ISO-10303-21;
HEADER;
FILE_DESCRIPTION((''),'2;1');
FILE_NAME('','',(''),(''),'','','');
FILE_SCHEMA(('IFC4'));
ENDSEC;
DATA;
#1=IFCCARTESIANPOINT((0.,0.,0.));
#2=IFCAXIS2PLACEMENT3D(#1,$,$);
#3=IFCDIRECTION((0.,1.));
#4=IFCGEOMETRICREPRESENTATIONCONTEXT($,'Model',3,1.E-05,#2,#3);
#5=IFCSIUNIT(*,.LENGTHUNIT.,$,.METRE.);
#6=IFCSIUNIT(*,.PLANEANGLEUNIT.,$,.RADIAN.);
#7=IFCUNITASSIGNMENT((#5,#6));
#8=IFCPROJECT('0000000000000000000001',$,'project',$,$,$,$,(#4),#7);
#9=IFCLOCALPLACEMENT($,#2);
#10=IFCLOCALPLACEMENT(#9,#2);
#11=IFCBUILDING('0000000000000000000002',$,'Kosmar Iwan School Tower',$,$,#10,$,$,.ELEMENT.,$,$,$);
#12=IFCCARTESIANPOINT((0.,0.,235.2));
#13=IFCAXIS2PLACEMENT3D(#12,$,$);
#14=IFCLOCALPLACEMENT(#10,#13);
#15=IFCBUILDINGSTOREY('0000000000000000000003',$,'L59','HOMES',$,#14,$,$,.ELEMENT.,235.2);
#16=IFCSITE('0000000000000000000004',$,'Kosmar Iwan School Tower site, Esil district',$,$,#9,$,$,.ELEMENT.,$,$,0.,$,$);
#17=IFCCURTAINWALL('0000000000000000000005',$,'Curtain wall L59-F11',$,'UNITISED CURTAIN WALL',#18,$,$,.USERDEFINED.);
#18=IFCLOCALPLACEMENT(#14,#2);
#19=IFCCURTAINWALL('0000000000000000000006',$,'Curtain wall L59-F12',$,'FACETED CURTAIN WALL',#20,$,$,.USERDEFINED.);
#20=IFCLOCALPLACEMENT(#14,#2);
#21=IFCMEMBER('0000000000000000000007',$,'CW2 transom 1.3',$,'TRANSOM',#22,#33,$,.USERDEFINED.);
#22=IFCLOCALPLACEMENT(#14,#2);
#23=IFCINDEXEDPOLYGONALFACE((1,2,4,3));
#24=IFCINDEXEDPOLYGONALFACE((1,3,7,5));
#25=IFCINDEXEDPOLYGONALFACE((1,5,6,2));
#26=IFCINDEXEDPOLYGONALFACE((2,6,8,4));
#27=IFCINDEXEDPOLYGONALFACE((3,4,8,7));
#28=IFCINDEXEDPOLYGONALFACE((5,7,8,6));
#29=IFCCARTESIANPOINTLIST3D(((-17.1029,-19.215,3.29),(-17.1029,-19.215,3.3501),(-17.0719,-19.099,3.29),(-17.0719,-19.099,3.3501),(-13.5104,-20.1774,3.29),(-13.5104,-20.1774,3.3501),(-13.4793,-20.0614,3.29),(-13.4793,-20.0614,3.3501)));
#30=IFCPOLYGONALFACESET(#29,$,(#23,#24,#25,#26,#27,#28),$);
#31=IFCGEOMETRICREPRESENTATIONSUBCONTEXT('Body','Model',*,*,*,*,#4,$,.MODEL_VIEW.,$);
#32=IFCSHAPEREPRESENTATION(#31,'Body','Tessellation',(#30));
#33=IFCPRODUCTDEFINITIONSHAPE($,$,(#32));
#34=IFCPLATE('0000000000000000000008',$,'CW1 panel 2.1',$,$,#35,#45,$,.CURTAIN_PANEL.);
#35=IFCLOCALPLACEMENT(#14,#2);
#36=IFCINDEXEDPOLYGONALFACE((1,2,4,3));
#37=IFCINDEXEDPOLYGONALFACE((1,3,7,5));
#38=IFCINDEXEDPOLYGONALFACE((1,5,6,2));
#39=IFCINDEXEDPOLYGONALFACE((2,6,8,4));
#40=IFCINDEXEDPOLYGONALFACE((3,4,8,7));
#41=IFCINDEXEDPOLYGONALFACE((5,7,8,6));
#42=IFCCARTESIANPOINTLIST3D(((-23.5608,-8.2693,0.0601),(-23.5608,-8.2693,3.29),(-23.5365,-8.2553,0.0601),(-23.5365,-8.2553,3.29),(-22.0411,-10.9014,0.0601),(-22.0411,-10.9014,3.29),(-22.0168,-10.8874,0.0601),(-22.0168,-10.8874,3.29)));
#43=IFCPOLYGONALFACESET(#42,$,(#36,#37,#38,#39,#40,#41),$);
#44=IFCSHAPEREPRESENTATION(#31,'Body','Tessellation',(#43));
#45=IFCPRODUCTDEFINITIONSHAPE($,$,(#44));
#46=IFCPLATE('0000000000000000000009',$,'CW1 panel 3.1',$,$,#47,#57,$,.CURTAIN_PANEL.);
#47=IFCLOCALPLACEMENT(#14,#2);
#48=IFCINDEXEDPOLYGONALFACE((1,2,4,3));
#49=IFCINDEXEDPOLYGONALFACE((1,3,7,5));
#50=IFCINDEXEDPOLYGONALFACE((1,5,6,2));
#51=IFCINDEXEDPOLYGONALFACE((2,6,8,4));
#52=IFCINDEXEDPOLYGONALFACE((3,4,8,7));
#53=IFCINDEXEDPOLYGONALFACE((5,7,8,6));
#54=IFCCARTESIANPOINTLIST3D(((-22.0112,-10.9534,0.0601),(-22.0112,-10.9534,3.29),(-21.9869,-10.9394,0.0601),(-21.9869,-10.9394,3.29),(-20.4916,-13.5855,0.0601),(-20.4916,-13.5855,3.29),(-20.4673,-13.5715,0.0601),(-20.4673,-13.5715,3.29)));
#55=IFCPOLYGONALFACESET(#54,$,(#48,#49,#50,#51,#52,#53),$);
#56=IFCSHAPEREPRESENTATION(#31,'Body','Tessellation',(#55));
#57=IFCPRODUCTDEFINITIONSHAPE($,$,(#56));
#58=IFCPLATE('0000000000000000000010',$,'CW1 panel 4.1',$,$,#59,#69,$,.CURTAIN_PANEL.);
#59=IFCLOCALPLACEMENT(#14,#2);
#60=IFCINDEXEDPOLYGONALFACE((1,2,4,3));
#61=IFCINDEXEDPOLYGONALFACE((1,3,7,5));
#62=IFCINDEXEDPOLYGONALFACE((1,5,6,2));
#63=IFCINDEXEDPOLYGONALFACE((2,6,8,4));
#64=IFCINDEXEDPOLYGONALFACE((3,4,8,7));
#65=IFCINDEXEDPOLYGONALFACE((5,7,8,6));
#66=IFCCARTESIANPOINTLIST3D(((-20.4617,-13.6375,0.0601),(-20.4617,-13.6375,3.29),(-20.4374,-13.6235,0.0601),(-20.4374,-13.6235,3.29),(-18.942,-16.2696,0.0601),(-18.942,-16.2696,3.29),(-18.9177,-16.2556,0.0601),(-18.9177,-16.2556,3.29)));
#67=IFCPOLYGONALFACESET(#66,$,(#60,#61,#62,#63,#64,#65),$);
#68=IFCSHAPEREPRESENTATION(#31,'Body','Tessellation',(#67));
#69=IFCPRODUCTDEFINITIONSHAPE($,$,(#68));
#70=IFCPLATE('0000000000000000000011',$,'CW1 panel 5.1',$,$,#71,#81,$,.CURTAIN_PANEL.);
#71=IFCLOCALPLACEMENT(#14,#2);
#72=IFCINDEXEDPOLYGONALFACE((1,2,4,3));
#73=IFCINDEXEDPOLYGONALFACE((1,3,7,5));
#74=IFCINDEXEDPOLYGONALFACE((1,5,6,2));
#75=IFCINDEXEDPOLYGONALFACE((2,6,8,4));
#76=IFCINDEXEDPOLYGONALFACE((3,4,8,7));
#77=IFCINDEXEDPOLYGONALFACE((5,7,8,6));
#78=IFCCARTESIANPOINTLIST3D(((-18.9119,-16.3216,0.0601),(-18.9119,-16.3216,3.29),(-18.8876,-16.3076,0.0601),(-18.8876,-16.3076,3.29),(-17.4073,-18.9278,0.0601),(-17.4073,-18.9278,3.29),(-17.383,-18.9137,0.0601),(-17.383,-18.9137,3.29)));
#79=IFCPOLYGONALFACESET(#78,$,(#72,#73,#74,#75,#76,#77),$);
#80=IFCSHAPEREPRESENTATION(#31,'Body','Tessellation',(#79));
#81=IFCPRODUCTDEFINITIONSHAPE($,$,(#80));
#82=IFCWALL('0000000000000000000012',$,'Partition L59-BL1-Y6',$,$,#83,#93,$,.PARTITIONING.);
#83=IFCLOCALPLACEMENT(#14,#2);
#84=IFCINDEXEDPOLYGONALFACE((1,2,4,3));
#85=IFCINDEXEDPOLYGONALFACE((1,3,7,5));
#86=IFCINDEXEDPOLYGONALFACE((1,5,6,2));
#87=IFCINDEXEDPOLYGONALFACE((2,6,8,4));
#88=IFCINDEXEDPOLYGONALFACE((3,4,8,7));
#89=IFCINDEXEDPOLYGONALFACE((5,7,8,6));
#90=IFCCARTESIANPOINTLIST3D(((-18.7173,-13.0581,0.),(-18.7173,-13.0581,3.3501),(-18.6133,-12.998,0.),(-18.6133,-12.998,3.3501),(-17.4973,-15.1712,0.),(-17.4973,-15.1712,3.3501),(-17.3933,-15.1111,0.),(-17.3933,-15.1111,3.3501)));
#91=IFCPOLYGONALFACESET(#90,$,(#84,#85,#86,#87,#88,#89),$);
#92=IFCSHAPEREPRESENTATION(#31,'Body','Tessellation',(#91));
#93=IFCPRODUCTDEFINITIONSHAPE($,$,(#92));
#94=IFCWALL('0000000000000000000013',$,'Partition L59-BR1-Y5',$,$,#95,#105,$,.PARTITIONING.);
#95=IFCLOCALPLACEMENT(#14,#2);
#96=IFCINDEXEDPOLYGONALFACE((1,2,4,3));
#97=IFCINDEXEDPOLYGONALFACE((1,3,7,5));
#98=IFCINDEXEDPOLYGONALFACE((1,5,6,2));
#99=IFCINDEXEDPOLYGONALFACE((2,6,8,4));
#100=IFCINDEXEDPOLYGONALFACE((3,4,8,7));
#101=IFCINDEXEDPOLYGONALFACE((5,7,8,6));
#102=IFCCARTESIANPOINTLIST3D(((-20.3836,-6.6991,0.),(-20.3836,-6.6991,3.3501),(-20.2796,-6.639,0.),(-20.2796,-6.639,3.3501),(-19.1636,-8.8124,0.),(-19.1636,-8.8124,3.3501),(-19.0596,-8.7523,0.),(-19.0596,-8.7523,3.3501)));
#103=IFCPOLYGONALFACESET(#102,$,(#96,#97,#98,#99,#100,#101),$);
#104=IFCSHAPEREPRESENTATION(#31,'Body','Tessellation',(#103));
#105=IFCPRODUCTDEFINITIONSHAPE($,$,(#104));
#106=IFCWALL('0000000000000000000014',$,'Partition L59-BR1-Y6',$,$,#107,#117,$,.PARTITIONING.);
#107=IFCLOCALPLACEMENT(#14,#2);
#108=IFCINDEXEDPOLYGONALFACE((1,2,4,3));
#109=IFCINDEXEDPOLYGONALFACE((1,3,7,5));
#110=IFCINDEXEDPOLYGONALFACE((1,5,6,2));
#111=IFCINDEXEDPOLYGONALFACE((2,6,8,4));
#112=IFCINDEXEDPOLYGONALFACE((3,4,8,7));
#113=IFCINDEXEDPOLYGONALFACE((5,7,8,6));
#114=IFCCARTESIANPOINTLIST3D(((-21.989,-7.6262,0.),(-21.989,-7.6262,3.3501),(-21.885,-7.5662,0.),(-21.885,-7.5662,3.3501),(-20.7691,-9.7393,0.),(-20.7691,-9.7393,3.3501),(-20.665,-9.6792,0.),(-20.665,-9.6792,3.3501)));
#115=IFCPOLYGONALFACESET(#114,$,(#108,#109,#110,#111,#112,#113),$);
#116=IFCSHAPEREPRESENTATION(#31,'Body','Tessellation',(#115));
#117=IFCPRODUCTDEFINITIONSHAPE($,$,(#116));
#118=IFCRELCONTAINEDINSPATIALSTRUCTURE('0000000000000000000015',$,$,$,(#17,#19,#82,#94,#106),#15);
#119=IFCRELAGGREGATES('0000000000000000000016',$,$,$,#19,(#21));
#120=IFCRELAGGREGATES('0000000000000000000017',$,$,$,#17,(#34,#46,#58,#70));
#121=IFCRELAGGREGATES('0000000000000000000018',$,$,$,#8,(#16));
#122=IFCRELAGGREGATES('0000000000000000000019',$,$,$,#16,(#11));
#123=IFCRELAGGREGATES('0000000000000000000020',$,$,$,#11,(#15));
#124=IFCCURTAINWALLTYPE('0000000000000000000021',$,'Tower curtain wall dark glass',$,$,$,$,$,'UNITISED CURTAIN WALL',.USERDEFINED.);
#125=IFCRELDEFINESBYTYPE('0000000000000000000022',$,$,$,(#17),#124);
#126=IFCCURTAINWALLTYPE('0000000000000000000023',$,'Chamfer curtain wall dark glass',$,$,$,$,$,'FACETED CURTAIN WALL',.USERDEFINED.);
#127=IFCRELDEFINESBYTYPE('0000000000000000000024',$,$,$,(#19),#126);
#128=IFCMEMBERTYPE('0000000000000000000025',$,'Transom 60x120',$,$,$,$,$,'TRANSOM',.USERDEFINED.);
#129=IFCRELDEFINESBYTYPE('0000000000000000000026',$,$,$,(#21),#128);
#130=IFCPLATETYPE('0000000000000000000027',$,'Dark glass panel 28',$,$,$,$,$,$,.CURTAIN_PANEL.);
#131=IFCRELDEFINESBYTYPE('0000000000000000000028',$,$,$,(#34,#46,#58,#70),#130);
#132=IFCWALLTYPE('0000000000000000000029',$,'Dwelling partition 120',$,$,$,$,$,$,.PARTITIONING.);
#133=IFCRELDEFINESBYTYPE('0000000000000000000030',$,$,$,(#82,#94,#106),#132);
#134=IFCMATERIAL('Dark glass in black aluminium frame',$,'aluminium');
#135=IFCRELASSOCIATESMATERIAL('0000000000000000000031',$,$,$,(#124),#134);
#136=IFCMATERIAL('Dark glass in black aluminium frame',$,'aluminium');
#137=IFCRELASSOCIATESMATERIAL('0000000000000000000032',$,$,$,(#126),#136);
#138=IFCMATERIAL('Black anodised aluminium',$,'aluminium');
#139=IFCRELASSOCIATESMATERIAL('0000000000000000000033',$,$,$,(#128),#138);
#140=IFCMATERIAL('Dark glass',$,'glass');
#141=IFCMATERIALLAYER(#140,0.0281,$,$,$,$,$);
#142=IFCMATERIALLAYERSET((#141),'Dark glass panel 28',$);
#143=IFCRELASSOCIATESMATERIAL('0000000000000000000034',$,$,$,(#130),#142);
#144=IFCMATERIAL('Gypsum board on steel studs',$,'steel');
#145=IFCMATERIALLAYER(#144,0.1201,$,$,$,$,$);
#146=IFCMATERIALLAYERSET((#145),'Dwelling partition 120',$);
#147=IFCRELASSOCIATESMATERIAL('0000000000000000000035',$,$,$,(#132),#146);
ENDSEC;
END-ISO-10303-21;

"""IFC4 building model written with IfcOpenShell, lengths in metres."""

from ifc_helpers import new_model, si_unit, direction, frame, frame_2d, origin, origin_2d, place, context, subcontext, project, spatial, rectangle, extrude, material, layer, layer_set, material_profile, profile_set, type_object, element, aggregate, save


model = new_model("IFC4")

# Units and contexts
model_context = context("Model", 3, precision=1e-05, world=origin(), true_north=direction((0.0, 1.0)))
body_context = subcontext(model_context, "Body", "Model", "MODEL_VIEW")
ifc_project = project(units=[si_unit("LENGTHUNIT", "METRE"), si_unit("PLANEANGLEUNIT", "RADIAN")], contexts=[model_context])

# Site, building, storey
site_placement = place(None, origin())
site = spatial("IfcSite", under=ifc_project, at=site_placement, Name="Kosmar Iwan School Tower site, Esil district", CompositionType="ELEMENT", RefElevation=0.0)
building_placement = place(site_placement, origin())
building = spatial("IfcBuilding", under=site, at=building_placement, Name="Kosmar Iwan School Tower", CompositionType="ELEMENT")
storey_placement = place(building_placement, frame((0.0, 0.0, 235.2)))
storey = spatial("IfcBuildingStorey", under=building, at=storey_placement, Name="L59", Description="HOMES", CompositionType="ELEMENT", Elevation=235.2)

# Curtain wall
ifc_material_1 = material(Name="Dark glass in black aluminium frame", Category="aluminium")
curtain_wall_type_1 = type_object("IfcCurtainWallType", Name="Tower curtain wall dark glass", ElementType="UNITISED CURTAIN WALL", PredefinedType="USERDEFINED", material=ifc_material_1)
curtain_wall_1_placement = place(storey_placement, origin())
curtain_wall_1 = element("IfcCurtainWall", 1, at=curtain_wall_1_placement, inside=storey, type_object=curtain_wall_type_1, Name="Curtain wall L59-F11", ObjectType="UNITISED CURTAIN WALL", PredefinedType="USERDEFINED")

# Curtain wall
ifc_material_2 = material(Name="Dark glass in black aluminium frame", Category="aluminium")
curtain_wall_type_2 = type_object("IfcCurtainWallType", Name="Chamfer curtain wall dark glass", ElementType="FACETED CURTAIN WALL", PredefinedType="USERDEFINED", material=ifc_material_2)
curtain_wall_2_placement = place(storey_placement, origin())
curtain_wall_2 = element("IfcCurtainWall", 2, at=curtain_wall_2_placement, inside=storey, type_object=curtain_wall_type_2, Name="Curtain wall L59-F12", ObjectType="FACETED CURTAIN WALL", PredefinedType="USERDEFINED")

# Member
ifc_material_3 = material(Name="Black anodised aluminium", Category="aluminium")
ifc_material_profile_1 = material_profile(ifc_material_3, rectangle(XDim=0.1201, YDim=0.0601, at=origin_2d()), Name="TRANSOM 60x120")
ifc_profile_set_1 = profile_set([ifc_material_profile_1], Name="Black anodised aluminium")
member_type_1 = type_object("IfcMemberType", Name="Transom 60x120", ElementType="TRANSOM", PredefinedType="USERDEFINED", material=ifc_profile_set_1)
member_1_placement = place(storey_placement, frame((-17.0874, -19.157, 3.3201), z_axis=(0.96594, -0.258766, 0.0), x_axis=(0.258766, 0.96594, 0.0)))
member_1 = element("IfcMember", 3, at=member_1_placement, type_object=member_type_1, Name="CW2 transom 1.3", ObjectType="TRANSOM", PredefinedType="USERDEFINED", context=body_context, shape_type="SweptSolid", body=[
    extrude(rectangle(XDim=0.1201, YDim=0.0601, at=origin_2d()), origin(), (0.0, 0.0, 1.0), 3.7192),
])
aggregate(curtain_wall_2, [member_1])

# Plates
ifc_material_4 = material(Name="Dark glass", Category="glass")
ifc_layer_1 = layer(ifc_material_4, 0.0281)
ifc_layer_set_1 = layer_set([ifc_layer_1], Name="Dark glass panel 28")
plate_type = type_object("IfcPlateType", Name="Dark glass panel 28", PredefinedType="CURTAIN_PANEL", material=ifc_layer_set_1)
plate_1_placement = place(storey_placement, frame((-22.7888, -9.5784, 0.0601), z_axis=(0.0, 0.0, 1.0), x_axis=(0.5, -0.866025, 0.0)))
plate_1 = element("IfcPlate", 4, at=plate_1_placement, type_object=plate_type, Name="CW1 panel 2.1", PredefinedType="CURTAIN_PANEL", context=body_context, shape_type="SweptSolid", body=[
    extrude(rectangle(XDim=3.0393, YDim=0.0281, at=origin_2d()), origin(), (0.0, 0.0, 1.0), 3.23),
])
plate_2_placement = place(storey_placement, frame((-21.2393, -12.2625, 0.0601), z_axis=(0.0, 0.0, 1.0), x_axis=(0.5, -0.866025, 0.0)))
plate_2 = element("IfcPlate", 5, at=plate_2_placement, type_object=plate_type, Name="CW1 panel 3.1", PredefinedType="CURTAIN_PANEL", context=body_context, shape_type="SweptSolid", body=[
    extrude(rectangle(XDim=3.0393, YDim=0.0281, at=origin_2d()), origin(), (0.0, 0.0, 1.0), 3.23),
])
plate_3_placement = place(storey_placement, frame((-19.6897, -14.9465, 0.0601), z_axis=(0.0, 0.0, 1.0), x_axis=(0.5, -0.866025, 0.0)))
plate_3 = element("IfcPlate", 6, at=plate_3_placement, type_object=plate_type, Name="CW1 panel 4.1", PredefinedType="CURTAIN_PANEL", context=body_context, shape_type="SweptSolid", body=[
    extrude(rectangle(XDim=3.0393, YDim=0.0281, at=origin_2d()), origin(), (0.0, 0.0, 1.0), 3.23),
])
plate_4_placement = place(storey_placement, frame((-18.1475, -17.6177, 0.0601), z_axis=(0.0, 0.0, 1.0), x_axis=(0.5, -0.866025, 0.0)))
plate_4 = element("IfcPlate", 7, at=plate_4_placement, type_object=plate_type, Name="CW1 panel 5.1", PredefinedType="CURTAIN_PANEL", context=body_context, shape_type="SweptSolid", body=[
    extrude(rectangle(XDim=3.0093, YDim=0.0281, at=origin_2d()), origin(), (0.0, 0.0, 1.0), 3.23),
])
aggregate(curtain_wall_1, [plate_1, plate_2, plate_3, plate_4])

# Walls
ifc_material_5 = material(Name="Gypsum board on steel studs", Category="steel")
ifc_layer_2 = layer(ifc_material_5, 0.1201)
ifc_layer_set_2 = layer_set([ifc_layer_2], Name="Dwelling partition 120")
wall_type = type_object("IfcWallType", Name="Dwelling partition 120", PredefinedType="PARTITIONING", material=ifc_layer_set_2)
wall_1_placement = place(storey_placement, frame((-18.6653, -13.0281, 0.0), z_axis=(0.0, 0.0, 1.0), x_axis=(0.500003, -0.866024, 0.0)))
element("IfcWall", 8, at=wall_1_placement, inside=storey, type_object=wall_type, Name="Partition L59-BL1-Y6", PredefinedType="PARTITIONING", context=body_context, shape_type="SweptSolid", body=[
    extrude(rectangle(XDim=2.4399, YDim=0.1201, at=frame_2d((1.22, 0.0))), origin(), (0.0, 0.0, 1.0), 3.3501),
])
wall_2_placement = place(storey_placement, frame((-19.1116, -8.7825, 0.0), z_axis=(0.0, 0.0, 1.0), x_axis=(-0.499959, 0.866049, 0.0)))
element("IfcWall", 9, at=wall_2_placement, inside=storey, type_object=wall_type, Name="Partition L59-BR1-Y5", PredefinedType="PARTITIONING", context=body_context, shape_type="SweptSolid", body=[
    extrude(rectangle(XDim=2.4402, YDim=0.1201, at=frame_2d((1.2202, 0.0))), origin(), (0.0, 0.0, 1.0), 3.3501),
])
wall_3_placement = place(storey_placement, frame((-20.717, -9.7092, 0.0), z_axis=(0.0, 0.0, 1.0), x_axis=(-0.500003, 0.866024, 0.0)))
element("IfcWall", 10, at=wall_3_placement, inside=storey, type_object=wall_type, Name="Partition L59-BR1-Y6", PredefinedType="PARTITIONING", context=body_context, shape_type="SweptSolid", body=[
    extrude(rectangle(XDim=2.4399, YDim=0.1201, at=frame_2d((1.22, 0.0))), origin(), (0.0, 0.0, 1.0), 3.3501),
])

save(model, "model.ifc")
